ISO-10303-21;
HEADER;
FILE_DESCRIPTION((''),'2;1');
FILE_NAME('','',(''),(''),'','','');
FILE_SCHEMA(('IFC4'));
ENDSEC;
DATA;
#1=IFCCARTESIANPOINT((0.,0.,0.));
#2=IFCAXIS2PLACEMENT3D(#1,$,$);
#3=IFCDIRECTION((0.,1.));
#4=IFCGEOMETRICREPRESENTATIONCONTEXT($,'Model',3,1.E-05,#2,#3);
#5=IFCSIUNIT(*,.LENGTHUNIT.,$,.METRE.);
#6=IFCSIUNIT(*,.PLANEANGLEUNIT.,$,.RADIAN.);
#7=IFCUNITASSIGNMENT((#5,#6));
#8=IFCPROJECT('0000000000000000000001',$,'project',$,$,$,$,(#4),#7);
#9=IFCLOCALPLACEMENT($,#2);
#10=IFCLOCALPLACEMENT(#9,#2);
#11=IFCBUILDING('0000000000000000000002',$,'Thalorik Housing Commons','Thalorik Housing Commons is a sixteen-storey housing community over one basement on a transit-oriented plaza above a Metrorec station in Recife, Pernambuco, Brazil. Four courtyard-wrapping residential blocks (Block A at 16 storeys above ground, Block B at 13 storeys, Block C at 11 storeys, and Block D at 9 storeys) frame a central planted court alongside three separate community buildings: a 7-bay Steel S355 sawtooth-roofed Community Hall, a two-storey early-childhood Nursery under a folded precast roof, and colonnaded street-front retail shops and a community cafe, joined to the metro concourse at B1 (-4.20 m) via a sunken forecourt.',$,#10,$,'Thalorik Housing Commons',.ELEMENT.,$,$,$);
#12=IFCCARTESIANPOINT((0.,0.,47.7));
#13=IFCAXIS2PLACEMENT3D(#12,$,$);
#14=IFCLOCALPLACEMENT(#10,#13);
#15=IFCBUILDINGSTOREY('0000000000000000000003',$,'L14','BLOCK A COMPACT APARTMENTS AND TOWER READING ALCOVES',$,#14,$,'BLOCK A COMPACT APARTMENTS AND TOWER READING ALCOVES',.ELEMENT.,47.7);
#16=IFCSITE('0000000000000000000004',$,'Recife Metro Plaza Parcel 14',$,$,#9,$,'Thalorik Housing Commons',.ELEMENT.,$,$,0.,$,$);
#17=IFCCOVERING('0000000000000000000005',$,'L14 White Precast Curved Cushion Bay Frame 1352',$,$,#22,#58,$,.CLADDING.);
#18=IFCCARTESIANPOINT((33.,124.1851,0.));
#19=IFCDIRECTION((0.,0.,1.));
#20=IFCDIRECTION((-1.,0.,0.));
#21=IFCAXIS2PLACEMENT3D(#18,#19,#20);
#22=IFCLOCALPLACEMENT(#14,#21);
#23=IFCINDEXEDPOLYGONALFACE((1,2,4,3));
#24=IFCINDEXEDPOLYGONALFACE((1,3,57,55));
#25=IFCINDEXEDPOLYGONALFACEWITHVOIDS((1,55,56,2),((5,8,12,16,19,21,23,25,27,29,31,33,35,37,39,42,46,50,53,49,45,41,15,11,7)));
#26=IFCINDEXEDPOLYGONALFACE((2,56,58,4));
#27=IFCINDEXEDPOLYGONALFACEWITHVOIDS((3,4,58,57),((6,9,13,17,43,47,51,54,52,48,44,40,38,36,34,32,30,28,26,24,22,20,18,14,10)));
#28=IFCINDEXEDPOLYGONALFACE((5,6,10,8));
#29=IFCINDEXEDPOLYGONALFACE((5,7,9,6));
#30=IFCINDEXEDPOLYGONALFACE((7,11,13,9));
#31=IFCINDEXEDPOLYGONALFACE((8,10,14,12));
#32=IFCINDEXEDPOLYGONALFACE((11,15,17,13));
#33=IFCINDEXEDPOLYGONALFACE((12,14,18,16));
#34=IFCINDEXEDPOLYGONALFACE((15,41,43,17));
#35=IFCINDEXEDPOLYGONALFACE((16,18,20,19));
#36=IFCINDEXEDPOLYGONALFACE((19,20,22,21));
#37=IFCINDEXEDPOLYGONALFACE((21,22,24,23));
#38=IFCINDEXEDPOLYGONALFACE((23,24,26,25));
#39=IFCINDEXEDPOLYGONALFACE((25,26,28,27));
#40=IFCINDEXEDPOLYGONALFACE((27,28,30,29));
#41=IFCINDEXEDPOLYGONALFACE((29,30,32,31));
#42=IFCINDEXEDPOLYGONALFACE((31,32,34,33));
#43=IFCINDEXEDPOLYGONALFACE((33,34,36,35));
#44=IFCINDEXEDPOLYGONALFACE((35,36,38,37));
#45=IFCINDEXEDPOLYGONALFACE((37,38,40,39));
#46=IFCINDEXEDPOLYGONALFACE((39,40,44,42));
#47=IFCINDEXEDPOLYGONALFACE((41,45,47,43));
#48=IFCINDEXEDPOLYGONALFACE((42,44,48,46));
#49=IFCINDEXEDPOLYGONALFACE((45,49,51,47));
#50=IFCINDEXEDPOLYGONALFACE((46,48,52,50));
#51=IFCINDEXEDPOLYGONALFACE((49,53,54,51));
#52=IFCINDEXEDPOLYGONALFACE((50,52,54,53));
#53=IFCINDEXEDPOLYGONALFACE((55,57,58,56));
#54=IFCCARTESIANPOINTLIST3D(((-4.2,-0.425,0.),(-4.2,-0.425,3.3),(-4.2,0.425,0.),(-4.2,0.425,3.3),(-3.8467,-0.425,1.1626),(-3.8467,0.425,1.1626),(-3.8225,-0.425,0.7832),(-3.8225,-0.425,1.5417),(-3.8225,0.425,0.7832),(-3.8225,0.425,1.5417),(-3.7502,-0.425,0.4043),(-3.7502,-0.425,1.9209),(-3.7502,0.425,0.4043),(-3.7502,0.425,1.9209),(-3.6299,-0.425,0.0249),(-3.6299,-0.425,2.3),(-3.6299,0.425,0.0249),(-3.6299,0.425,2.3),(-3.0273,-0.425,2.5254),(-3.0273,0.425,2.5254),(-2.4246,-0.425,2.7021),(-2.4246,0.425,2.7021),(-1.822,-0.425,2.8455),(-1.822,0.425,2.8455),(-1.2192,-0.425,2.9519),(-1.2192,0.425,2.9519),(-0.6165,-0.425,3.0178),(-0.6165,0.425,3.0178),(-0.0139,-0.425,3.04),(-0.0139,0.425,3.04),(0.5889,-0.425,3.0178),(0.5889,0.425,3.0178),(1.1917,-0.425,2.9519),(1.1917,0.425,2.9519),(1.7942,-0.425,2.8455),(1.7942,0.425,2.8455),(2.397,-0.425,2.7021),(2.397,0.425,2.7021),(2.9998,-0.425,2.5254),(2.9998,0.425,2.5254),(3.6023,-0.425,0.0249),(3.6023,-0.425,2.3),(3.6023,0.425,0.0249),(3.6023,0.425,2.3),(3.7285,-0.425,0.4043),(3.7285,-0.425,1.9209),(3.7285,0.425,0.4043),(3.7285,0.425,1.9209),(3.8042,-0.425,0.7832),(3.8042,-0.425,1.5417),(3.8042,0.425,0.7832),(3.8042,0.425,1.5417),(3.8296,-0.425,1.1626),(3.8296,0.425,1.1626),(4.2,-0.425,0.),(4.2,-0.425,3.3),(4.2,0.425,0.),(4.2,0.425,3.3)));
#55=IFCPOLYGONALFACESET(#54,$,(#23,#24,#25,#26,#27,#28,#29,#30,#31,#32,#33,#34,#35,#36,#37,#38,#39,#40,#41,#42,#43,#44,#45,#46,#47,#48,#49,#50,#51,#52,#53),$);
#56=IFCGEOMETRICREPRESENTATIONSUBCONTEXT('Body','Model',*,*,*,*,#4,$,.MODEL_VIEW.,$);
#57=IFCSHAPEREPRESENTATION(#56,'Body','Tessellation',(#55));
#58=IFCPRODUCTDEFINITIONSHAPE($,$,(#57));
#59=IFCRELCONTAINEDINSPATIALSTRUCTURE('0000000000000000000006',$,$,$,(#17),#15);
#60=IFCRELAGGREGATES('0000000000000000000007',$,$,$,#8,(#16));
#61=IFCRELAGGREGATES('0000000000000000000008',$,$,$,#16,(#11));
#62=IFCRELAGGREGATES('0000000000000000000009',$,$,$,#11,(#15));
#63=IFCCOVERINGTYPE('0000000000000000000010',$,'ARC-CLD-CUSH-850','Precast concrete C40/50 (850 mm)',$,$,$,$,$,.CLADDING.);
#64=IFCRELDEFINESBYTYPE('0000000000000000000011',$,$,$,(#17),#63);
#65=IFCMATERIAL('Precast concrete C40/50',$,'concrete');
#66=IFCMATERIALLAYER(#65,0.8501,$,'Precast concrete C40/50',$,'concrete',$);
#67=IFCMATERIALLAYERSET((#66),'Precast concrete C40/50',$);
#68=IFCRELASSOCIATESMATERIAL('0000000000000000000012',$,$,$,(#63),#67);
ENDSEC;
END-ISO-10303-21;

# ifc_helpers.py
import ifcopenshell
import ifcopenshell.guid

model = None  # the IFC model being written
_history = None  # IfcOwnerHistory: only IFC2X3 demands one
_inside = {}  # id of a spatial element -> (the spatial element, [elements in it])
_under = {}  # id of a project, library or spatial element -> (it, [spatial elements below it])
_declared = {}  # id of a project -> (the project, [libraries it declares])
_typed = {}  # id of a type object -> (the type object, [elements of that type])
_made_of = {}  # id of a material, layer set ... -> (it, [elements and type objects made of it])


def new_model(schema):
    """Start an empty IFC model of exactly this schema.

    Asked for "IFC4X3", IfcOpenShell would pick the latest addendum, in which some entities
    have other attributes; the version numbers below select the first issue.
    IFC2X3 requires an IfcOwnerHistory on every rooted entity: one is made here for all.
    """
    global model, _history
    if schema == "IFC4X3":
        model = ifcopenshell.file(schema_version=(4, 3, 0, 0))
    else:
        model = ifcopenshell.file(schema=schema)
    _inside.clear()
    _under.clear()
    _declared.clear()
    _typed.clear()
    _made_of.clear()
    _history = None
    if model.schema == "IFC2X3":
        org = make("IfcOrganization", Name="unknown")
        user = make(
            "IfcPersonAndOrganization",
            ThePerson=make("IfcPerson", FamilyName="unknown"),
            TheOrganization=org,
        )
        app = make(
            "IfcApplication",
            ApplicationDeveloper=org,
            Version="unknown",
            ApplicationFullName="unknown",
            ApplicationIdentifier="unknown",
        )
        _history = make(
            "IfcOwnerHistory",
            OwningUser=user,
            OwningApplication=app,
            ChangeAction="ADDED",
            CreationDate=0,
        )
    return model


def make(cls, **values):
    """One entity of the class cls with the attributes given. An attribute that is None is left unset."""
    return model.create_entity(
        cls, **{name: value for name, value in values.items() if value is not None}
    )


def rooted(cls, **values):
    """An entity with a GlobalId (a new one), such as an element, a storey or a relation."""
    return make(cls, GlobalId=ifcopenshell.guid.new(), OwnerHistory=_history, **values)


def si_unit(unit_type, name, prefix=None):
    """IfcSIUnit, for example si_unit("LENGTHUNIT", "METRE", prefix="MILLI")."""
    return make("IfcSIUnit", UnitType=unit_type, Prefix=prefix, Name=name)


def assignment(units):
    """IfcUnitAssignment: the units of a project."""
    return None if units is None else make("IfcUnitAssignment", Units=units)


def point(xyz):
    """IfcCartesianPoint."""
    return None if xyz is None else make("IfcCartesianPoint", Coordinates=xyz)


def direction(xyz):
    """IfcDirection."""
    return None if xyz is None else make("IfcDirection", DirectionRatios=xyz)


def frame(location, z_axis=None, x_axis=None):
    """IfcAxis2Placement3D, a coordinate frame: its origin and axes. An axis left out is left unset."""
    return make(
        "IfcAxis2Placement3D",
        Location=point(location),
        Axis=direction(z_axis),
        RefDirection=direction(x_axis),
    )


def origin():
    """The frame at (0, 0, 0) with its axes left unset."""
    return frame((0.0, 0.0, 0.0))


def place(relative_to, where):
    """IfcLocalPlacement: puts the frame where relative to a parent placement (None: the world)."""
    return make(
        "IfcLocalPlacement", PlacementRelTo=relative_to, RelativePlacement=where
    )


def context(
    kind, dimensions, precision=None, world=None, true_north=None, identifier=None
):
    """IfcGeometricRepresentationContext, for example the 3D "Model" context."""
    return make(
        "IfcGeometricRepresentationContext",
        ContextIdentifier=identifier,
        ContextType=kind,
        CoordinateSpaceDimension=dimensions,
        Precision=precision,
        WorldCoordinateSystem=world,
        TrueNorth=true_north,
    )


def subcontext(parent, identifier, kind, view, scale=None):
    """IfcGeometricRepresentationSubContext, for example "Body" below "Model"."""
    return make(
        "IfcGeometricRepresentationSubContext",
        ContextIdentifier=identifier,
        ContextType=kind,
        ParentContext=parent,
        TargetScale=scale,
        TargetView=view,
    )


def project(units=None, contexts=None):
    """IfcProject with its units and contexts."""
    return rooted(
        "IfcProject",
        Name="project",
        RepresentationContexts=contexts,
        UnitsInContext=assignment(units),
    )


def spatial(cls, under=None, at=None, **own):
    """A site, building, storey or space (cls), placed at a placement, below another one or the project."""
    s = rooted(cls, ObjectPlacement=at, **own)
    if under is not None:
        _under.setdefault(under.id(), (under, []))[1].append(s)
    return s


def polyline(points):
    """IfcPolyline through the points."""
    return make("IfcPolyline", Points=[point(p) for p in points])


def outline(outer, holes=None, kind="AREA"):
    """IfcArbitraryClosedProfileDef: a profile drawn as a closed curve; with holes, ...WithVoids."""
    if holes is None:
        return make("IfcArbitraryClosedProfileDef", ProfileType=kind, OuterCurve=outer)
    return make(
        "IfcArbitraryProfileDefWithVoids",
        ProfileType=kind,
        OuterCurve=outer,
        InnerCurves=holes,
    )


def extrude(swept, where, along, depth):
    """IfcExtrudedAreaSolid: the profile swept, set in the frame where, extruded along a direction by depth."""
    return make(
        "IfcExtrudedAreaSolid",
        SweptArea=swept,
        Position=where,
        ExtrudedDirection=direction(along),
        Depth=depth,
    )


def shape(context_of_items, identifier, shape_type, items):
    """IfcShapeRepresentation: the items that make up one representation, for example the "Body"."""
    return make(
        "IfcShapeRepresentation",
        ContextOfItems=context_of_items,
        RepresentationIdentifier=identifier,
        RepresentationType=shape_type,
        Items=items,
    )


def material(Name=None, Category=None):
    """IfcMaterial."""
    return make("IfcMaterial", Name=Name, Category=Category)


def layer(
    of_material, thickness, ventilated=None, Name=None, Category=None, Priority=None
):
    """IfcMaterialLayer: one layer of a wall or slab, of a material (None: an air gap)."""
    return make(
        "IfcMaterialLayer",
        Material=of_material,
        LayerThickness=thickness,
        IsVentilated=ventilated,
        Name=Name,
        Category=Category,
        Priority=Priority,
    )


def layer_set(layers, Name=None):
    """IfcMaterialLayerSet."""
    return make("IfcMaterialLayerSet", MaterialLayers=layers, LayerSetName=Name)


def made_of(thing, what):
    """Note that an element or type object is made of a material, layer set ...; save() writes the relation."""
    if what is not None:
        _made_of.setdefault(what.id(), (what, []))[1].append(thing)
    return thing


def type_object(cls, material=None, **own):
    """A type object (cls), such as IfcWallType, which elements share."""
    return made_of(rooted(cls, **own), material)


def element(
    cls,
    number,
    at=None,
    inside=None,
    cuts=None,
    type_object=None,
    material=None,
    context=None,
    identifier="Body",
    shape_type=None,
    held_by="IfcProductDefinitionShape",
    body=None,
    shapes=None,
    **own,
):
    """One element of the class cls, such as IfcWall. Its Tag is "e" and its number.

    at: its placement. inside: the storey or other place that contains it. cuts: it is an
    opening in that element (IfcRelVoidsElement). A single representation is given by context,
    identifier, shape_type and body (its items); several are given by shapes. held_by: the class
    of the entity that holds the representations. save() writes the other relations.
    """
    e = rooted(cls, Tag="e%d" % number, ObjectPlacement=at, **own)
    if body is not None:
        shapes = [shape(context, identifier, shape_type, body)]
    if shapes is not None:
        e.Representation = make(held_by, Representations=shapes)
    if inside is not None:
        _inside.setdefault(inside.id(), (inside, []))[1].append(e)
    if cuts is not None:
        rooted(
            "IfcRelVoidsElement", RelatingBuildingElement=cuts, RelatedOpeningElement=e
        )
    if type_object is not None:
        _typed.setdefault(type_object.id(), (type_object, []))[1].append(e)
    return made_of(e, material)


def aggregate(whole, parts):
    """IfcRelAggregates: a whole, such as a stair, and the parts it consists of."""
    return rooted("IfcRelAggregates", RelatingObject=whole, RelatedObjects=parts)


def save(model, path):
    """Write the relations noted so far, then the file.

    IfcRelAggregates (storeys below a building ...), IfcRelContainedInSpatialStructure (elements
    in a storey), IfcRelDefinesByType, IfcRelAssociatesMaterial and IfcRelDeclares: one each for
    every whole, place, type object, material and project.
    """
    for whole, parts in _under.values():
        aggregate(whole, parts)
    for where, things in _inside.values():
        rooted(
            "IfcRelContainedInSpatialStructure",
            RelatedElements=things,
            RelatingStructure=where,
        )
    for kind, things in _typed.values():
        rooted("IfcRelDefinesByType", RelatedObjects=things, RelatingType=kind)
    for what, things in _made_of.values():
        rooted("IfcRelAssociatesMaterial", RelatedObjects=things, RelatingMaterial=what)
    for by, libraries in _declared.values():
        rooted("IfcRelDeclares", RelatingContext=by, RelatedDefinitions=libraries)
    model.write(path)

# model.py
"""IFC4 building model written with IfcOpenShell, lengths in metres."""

from ifc_helpers import new_model, si_unit, direction, frame, origin, place, context, subcontext, project, spatial, polyline, outline, extrude, material, layer, layer_set, type_object, element, save


model = new_model("IFC4")

# Units and contexts
model_context = context("Model", 3, precision=1e-05, world=origin(), true_north=direction((0.0, 1.0)))
body_context = subcontext(model_context, "Body", "Model", "MODEL_VIEW")
ifc_project = project(units=[si_unit("LENGTHUNIT", "METRE"), si_unit("PLANEANGLEUNIT", "RADIAN")], contexts=[model_context])

# Site, building, storey
site_placement = place(None, origin())
site = spatial("IfcSite", under=ifc_project, at=site_placement, Name="Recife Metro Plaza Parcel 14", LongName="Thalorik Housing Commons", CompositionType="ELEMENT", RefElevation=0.0)
building_placement = place(site_placement, origin())
building = spatial("IfcBuilding", under=site, at=building_placement, Name="Thalorik Housing Commons", Description="Thalorik Housing Commons is a sixteen-storey housing community over one basement on a transit-oriented plaza above a Metrorec station in Recife, Pernambuco, Brazil. Four courtyard-wrapping residential blocks (Block A at 16 storeys above ground, Block B at 13 storeys, Block C at 11 storeys, and Block D at 9 storeys) frame a central planted court alongside three separate community buildings: a 7-bay Steel S355 sawtooth-roofed Community Hall, a two-storey early-childhood Nursery under a folded precast roof, and colonnaded street-front retail shops and a community cafe, joined to the metro concourse at B1 (-4.20 m) via a sunken forecourt.", LongName="Thalorik Housing Commons", CompositionType="ELEMENT")
storey_placement = place(building_placement, frame((0.0, 0.0, 47.7)))
storey = spatial("IfcBuildingStorey", under=building, at=storey_placement, Name="L14", Description="BLOCK A COMPACT APARTMENTS AND TOWER READING ALCOVES", LongName="BLOCK A COMPACT APARTMENTS AND TOWER READING ALCOVES", CompositionType="ELEMENT", Elevation=47.7)

# Shared definitions
ifc_material_1 = material(Name="Precast concrete C40/50", Category="concrete")

# Covering
ifc_layer_1 = layer(ifc_material_1, 0.8501, Name="Precast concrete C40/50", Category="concrete")
ifc_layer_set_1 = layer_set([ifc_layer_1], Name="Precast concrete C40/50")
covering_type_1 = type_object("IfcCoveringType", Name="ARC-CLD-CUSH-850", Description="Precast concrete C40/50 (850 mm)", PredefinedType="CLADDING", material=ifc_layer_set_1)
covering_1_placement = place(storey_placement, frame((33.0, 124.1851, 0.0), z_axis=(0.0, 0.0, 1.0), x_axis=(-1.0, 0.0, 0.0)))
element("IfcCovering", 1, at=covering_1_placement, inside=storey, type_object=covering_type_1, Name="L14 White Precast Curved Cushion Bay Frame 1352", PredefinedType="CLADDING", context=body_context, shape_type="SweptSolid", body=[
    extrude(outline(polyline([(-4.2, 0.0), (4.2, 0.0), (4.2, 3.3), (-4.2, 3.3), (-4.2, 0.0)]), holes=[polyline([(3.6023, 0.0249), (3.7285, 0.4043), (3.8042, 0.7832), (3.8296, 1.1626), (3.8042, 1.5417), (3.7285, 1.9209), (3.6023, 2.3), (2.9998, 2.5254), (2.397, 2.7021), (1.7942, 2.8455), (1.1917, 2.9519), (0.5889, 3.0178), (-0.0139, 3.04), (-0.6165, 3.0178), (-1.2192, 2.9519), (-1.822, 2.8455), (-2.4246, 2.7021), (-3.0273, 2.5254), (-3.6299, 2.3), (-3.7502, 1.9209), (-3.8225, 1.5417), (-3.8467, 1.1626), (-3.8225, 0.7832), (-3.7502, 0.4043), (-3.6299, 0.0249), (3.6023, 0.0249)])]), frame((0.0, 0.425, 0.0), z_axis=(0.0, -1.0, 0.0), x_axis=(1.0, 0.0, 0.0)), (0.0, 0.0, 1.0), 0.8501),
])

save(model, "model.ifc")
